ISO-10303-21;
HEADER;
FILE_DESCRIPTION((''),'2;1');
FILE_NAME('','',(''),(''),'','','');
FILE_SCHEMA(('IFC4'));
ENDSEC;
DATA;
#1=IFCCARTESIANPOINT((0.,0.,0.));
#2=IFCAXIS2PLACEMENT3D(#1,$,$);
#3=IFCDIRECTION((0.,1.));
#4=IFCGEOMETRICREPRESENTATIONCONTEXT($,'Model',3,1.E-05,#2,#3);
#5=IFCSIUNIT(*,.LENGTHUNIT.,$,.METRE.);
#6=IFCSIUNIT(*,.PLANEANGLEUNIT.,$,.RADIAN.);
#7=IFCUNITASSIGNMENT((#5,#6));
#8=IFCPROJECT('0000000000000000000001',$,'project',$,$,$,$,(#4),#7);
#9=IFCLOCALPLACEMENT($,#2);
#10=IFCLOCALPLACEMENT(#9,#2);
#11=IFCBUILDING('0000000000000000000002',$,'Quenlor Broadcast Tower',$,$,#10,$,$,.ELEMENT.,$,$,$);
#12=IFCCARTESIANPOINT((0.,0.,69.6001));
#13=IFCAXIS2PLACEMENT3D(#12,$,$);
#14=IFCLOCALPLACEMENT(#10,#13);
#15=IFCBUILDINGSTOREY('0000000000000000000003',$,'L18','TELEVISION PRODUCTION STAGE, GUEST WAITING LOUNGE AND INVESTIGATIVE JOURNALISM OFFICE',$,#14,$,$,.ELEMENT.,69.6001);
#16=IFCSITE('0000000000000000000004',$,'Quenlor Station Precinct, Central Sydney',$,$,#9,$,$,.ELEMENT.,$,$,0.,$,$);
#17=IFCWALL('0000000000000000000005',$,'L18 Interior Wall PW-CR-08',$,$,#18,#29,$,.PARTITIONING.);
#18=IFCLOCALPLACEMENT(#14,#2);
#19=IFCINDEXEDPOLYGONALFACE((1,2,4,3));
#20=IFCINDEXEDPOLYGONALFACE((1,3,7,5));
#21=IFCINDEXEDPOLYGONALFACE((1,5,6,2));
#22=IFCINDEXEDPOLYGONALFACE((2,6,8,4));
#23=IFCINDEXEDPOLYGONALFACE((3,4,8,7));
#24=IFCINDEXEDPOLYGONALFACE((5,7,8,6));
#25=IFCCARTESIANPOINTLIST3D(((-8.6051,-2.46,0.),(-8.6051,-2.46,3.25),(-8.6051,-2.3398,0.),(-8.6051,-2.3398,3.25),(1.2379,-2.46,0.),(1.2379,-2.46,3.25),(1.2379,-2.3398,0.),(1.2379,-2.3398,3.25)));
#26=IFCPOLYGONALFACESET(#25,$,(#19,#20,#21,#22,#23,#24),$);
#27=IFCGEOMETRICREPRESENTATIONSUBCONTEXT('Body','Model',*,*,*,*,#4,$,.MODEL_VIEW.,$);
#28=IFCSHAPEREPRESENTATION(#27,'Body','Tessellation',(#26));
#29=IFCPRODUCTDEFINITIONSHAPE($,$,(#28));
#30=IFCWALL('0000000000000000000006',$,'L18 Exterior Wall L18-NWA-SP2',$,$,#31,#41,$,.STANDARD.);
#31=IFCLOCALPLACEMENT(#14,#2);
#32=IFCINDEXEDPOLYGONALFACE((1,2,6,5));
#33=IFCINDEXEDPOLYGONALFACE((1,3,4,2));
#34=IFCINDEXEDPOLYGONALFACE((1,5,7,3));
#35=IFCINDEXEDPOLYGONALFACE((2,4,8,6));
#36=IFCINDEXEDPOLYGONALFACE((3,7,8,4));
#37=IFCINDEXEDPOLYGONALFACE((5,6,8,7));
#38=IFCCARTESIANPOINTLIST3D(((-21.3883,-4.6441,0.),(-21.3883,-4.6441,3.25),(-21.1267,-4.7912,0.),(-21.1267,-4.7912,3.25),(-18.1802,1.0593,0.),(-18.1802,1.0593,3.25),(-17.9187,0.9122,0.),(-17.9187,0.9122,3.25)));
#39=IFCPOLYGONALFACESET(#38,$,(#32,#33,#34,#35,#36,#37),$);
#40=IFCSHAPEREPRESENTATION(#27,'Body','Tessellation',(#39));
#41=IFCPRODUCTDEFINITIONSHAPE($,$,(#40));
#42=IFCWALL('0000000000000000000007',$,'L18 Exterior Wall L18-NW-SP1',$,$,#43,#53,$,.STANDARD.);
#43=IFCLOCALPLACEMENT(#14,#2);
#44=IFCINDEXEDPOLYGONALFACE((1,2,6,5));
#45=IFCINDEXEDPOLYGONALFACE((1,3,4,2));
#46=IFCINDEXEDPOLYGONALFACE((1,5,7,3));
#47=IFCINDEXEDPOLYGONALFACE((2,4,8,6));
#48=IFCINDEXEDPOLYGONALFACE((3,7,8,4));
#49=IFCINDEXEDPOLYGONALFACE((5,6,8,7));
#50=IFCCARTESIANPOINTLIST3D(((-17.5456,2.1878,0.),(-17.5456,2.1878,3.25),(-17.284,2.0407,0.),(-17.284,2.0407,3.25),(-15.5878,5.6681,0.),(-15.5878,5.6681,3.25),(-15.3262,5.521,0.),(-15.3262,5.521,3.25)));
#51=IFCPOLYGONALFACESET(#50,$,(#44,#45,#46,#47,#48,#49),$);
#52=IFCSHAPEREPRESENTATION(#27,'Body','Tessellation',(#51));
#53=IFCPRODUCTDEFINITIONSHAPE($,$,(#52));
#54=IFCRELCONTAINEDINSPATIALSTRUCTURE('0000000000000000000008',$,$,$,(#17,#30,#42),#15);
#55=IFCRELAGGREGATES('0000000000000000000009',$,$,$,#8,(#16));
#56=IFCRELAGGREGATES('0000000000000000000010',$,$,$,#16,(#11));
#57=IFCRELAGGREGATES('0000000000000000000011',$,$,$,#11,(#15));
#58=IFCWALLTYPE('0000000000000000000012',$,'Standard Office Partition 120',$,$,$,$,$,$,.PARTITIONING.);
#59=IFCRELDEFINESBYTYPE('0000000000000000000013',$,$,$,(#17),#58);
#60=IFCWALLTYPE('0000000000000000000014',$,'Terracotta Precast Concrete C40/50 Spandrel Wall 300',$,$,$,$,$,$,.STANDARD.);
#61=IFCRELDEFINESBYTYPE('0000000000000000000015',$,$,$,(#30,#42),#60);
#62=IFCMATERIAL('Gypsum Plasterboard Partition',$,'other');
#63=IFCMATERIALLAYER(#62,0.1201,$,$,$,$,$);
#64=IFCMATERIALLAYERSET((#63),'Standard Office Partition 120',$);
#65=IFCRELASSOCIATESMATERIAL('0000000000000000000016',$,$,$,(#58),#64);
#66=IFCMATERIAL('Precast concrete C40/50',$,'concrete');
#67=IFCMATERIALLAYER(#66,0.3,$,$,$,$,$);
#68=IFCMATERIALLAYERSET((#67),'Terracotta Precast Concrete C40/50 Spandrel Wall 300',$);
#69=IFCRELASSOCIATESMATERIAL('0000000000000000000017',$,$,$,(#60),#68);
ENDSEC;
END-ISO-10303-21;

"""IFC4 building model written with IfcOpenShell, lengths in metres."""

from ifc_helpers import new_model, si_unit, direction, frame, frame_2d, origin, place, context, subcontext, project, spatial, rectangle, extrude, material, layer, layer_set, type_object, element, save


model = new_model("IFC4")

# Units and contexts
model_context = context("Model", 3, precision=1e-05, world=origin(), true_north=direction((0.0, 1.0)))
body_context = subcontext(model_context, "Body", "Model", "MODEL_VIEW")
ifc_project = project(units=[si_unit("LENGTHUNIT", "METRE"), si_unit("PLANEANGLEUNIT", "RADIAN")], contexts=[model_context])

# Site, building, storey
site_placement = place(None, origin())
site = spatial("IfcSite", under=ifc_project, at=site_placement, Name="Quenlor Station Precinct, Central Sydney", CompositionType="ELEMENT", RefElevation=0.0)
building_placement = place(site_placement, origin())
building = spatial("IfcBuilding", under=site, at=building_placement, Name="Quenlor Broadcast Tower", CompositionType="ELEMENT")
storey_placement = place(building_placement, frame((0.0, 0.0, 69.6001)))
storey = spatial("IfcBuildingStorey", under=building, at=storey_placement, Name="L18", Description="TELEVISION PRODUCTION STAGE, GUEST WAITING LOUNGE AND INVESTIGATIVE JOURNALISM OFFICE", CompositionType="ELEMENT", Elevation=69.6001)

# Shared definitions
ifc_material_1 = material(Name="Gypsum Plasterboard Partition", Category="other")
ifc_layer_1 = layer(ifc_material_1, 0.1201)
ifc_layer_set_1 = layer_set([ifc_layer_1], Name="Standard Office Partition 120")
wall_type_1 = type_object("IfcWallType", Name="Standard Office Partition 120", PredefinedType="PARTITIONING", material=ifc_layer_set_1)

# Walls
wall_1_placement = place(storey_placement, frame((-8.605, -2.3999, 0.0), z_axis=(0.0, 0.0, 1.0), x_axis=(1.0, 0.0, 0.0)))
element("IfcWall", 1, at=wall_1_placement, inside=storey, type_object=wall_type_1, Name="L18 Interior Wall PW-CR-08", PredefinedType="PARTITIONING", context=body_context, shape_type="SweptSolid", body=[
    extrude(rectangle(XDim=9.843, YDim=0.1201, at=frame_2d((4.9214, 0.0))), origin(), (0.0, 0.0, 1.0), 3.25),
])
ifc_material_2 = material(Name="Precast concrete C40/50", Category="concrete")
ifc_layer_2 = layer(ifc_material_2, 0.3)
ifc_layer_set_2 = layer_set([ifc_layer_2], Name="Terracotta Precast Concrete C40/50 Spandrel Wall 300")
wall_type_2 = type_object("IfcWallType", Name="Terracotta Precast Concrete C40/50 Spandrel Wall 300", PredefinedType="STANDARD", material=ifc_layer_set_2)
wall_2_placement = place(storey_placement, frame((-21.2576, -4.7178, 0.0), z_axis=(0.0, 0.0, 1.0), x_axis=(0.490245, 0.871585, 0.0)))
element("IfcWall", 2, at=wall_2_placement, inside=storey, type_object=wall_type_2, Name="L18 Exterior Wall L18-NWA-SP2", PredefinedType="STANDARD", context=body_context, shape_type="SweptSolid", body=[
    extrude(rectangle(XDim=6.5437, YDim=0.3, at=frame_2d((3.272, 0.0))), origin(), (0.0, 0.0, 1.0), 3.25),
])
wall_3_placement = place(storey_placement, frame((-17.4148, 2.1143, 0.0), z_axis=(0.0, 0.0, 1.0), x_axis=(0.490287, 0.871561, 0.0)))
element("IfcWall", 3, at=wall_3_placement, inside=storey, type_object=wall_type_2, Name="L18 Exterior Wall L18-NW-SP1", PredefinedType="STANDARD", context=body_context, shape_type="SweptSolid", body=[
    extrude(rectangle(XDim=3.9932, YDim=0.3, at=frame_2d((1.9966, 0.0))), origin(), (0.0, 0.0, 1.0), 3.25),
])

save(model, "model.ifc")
